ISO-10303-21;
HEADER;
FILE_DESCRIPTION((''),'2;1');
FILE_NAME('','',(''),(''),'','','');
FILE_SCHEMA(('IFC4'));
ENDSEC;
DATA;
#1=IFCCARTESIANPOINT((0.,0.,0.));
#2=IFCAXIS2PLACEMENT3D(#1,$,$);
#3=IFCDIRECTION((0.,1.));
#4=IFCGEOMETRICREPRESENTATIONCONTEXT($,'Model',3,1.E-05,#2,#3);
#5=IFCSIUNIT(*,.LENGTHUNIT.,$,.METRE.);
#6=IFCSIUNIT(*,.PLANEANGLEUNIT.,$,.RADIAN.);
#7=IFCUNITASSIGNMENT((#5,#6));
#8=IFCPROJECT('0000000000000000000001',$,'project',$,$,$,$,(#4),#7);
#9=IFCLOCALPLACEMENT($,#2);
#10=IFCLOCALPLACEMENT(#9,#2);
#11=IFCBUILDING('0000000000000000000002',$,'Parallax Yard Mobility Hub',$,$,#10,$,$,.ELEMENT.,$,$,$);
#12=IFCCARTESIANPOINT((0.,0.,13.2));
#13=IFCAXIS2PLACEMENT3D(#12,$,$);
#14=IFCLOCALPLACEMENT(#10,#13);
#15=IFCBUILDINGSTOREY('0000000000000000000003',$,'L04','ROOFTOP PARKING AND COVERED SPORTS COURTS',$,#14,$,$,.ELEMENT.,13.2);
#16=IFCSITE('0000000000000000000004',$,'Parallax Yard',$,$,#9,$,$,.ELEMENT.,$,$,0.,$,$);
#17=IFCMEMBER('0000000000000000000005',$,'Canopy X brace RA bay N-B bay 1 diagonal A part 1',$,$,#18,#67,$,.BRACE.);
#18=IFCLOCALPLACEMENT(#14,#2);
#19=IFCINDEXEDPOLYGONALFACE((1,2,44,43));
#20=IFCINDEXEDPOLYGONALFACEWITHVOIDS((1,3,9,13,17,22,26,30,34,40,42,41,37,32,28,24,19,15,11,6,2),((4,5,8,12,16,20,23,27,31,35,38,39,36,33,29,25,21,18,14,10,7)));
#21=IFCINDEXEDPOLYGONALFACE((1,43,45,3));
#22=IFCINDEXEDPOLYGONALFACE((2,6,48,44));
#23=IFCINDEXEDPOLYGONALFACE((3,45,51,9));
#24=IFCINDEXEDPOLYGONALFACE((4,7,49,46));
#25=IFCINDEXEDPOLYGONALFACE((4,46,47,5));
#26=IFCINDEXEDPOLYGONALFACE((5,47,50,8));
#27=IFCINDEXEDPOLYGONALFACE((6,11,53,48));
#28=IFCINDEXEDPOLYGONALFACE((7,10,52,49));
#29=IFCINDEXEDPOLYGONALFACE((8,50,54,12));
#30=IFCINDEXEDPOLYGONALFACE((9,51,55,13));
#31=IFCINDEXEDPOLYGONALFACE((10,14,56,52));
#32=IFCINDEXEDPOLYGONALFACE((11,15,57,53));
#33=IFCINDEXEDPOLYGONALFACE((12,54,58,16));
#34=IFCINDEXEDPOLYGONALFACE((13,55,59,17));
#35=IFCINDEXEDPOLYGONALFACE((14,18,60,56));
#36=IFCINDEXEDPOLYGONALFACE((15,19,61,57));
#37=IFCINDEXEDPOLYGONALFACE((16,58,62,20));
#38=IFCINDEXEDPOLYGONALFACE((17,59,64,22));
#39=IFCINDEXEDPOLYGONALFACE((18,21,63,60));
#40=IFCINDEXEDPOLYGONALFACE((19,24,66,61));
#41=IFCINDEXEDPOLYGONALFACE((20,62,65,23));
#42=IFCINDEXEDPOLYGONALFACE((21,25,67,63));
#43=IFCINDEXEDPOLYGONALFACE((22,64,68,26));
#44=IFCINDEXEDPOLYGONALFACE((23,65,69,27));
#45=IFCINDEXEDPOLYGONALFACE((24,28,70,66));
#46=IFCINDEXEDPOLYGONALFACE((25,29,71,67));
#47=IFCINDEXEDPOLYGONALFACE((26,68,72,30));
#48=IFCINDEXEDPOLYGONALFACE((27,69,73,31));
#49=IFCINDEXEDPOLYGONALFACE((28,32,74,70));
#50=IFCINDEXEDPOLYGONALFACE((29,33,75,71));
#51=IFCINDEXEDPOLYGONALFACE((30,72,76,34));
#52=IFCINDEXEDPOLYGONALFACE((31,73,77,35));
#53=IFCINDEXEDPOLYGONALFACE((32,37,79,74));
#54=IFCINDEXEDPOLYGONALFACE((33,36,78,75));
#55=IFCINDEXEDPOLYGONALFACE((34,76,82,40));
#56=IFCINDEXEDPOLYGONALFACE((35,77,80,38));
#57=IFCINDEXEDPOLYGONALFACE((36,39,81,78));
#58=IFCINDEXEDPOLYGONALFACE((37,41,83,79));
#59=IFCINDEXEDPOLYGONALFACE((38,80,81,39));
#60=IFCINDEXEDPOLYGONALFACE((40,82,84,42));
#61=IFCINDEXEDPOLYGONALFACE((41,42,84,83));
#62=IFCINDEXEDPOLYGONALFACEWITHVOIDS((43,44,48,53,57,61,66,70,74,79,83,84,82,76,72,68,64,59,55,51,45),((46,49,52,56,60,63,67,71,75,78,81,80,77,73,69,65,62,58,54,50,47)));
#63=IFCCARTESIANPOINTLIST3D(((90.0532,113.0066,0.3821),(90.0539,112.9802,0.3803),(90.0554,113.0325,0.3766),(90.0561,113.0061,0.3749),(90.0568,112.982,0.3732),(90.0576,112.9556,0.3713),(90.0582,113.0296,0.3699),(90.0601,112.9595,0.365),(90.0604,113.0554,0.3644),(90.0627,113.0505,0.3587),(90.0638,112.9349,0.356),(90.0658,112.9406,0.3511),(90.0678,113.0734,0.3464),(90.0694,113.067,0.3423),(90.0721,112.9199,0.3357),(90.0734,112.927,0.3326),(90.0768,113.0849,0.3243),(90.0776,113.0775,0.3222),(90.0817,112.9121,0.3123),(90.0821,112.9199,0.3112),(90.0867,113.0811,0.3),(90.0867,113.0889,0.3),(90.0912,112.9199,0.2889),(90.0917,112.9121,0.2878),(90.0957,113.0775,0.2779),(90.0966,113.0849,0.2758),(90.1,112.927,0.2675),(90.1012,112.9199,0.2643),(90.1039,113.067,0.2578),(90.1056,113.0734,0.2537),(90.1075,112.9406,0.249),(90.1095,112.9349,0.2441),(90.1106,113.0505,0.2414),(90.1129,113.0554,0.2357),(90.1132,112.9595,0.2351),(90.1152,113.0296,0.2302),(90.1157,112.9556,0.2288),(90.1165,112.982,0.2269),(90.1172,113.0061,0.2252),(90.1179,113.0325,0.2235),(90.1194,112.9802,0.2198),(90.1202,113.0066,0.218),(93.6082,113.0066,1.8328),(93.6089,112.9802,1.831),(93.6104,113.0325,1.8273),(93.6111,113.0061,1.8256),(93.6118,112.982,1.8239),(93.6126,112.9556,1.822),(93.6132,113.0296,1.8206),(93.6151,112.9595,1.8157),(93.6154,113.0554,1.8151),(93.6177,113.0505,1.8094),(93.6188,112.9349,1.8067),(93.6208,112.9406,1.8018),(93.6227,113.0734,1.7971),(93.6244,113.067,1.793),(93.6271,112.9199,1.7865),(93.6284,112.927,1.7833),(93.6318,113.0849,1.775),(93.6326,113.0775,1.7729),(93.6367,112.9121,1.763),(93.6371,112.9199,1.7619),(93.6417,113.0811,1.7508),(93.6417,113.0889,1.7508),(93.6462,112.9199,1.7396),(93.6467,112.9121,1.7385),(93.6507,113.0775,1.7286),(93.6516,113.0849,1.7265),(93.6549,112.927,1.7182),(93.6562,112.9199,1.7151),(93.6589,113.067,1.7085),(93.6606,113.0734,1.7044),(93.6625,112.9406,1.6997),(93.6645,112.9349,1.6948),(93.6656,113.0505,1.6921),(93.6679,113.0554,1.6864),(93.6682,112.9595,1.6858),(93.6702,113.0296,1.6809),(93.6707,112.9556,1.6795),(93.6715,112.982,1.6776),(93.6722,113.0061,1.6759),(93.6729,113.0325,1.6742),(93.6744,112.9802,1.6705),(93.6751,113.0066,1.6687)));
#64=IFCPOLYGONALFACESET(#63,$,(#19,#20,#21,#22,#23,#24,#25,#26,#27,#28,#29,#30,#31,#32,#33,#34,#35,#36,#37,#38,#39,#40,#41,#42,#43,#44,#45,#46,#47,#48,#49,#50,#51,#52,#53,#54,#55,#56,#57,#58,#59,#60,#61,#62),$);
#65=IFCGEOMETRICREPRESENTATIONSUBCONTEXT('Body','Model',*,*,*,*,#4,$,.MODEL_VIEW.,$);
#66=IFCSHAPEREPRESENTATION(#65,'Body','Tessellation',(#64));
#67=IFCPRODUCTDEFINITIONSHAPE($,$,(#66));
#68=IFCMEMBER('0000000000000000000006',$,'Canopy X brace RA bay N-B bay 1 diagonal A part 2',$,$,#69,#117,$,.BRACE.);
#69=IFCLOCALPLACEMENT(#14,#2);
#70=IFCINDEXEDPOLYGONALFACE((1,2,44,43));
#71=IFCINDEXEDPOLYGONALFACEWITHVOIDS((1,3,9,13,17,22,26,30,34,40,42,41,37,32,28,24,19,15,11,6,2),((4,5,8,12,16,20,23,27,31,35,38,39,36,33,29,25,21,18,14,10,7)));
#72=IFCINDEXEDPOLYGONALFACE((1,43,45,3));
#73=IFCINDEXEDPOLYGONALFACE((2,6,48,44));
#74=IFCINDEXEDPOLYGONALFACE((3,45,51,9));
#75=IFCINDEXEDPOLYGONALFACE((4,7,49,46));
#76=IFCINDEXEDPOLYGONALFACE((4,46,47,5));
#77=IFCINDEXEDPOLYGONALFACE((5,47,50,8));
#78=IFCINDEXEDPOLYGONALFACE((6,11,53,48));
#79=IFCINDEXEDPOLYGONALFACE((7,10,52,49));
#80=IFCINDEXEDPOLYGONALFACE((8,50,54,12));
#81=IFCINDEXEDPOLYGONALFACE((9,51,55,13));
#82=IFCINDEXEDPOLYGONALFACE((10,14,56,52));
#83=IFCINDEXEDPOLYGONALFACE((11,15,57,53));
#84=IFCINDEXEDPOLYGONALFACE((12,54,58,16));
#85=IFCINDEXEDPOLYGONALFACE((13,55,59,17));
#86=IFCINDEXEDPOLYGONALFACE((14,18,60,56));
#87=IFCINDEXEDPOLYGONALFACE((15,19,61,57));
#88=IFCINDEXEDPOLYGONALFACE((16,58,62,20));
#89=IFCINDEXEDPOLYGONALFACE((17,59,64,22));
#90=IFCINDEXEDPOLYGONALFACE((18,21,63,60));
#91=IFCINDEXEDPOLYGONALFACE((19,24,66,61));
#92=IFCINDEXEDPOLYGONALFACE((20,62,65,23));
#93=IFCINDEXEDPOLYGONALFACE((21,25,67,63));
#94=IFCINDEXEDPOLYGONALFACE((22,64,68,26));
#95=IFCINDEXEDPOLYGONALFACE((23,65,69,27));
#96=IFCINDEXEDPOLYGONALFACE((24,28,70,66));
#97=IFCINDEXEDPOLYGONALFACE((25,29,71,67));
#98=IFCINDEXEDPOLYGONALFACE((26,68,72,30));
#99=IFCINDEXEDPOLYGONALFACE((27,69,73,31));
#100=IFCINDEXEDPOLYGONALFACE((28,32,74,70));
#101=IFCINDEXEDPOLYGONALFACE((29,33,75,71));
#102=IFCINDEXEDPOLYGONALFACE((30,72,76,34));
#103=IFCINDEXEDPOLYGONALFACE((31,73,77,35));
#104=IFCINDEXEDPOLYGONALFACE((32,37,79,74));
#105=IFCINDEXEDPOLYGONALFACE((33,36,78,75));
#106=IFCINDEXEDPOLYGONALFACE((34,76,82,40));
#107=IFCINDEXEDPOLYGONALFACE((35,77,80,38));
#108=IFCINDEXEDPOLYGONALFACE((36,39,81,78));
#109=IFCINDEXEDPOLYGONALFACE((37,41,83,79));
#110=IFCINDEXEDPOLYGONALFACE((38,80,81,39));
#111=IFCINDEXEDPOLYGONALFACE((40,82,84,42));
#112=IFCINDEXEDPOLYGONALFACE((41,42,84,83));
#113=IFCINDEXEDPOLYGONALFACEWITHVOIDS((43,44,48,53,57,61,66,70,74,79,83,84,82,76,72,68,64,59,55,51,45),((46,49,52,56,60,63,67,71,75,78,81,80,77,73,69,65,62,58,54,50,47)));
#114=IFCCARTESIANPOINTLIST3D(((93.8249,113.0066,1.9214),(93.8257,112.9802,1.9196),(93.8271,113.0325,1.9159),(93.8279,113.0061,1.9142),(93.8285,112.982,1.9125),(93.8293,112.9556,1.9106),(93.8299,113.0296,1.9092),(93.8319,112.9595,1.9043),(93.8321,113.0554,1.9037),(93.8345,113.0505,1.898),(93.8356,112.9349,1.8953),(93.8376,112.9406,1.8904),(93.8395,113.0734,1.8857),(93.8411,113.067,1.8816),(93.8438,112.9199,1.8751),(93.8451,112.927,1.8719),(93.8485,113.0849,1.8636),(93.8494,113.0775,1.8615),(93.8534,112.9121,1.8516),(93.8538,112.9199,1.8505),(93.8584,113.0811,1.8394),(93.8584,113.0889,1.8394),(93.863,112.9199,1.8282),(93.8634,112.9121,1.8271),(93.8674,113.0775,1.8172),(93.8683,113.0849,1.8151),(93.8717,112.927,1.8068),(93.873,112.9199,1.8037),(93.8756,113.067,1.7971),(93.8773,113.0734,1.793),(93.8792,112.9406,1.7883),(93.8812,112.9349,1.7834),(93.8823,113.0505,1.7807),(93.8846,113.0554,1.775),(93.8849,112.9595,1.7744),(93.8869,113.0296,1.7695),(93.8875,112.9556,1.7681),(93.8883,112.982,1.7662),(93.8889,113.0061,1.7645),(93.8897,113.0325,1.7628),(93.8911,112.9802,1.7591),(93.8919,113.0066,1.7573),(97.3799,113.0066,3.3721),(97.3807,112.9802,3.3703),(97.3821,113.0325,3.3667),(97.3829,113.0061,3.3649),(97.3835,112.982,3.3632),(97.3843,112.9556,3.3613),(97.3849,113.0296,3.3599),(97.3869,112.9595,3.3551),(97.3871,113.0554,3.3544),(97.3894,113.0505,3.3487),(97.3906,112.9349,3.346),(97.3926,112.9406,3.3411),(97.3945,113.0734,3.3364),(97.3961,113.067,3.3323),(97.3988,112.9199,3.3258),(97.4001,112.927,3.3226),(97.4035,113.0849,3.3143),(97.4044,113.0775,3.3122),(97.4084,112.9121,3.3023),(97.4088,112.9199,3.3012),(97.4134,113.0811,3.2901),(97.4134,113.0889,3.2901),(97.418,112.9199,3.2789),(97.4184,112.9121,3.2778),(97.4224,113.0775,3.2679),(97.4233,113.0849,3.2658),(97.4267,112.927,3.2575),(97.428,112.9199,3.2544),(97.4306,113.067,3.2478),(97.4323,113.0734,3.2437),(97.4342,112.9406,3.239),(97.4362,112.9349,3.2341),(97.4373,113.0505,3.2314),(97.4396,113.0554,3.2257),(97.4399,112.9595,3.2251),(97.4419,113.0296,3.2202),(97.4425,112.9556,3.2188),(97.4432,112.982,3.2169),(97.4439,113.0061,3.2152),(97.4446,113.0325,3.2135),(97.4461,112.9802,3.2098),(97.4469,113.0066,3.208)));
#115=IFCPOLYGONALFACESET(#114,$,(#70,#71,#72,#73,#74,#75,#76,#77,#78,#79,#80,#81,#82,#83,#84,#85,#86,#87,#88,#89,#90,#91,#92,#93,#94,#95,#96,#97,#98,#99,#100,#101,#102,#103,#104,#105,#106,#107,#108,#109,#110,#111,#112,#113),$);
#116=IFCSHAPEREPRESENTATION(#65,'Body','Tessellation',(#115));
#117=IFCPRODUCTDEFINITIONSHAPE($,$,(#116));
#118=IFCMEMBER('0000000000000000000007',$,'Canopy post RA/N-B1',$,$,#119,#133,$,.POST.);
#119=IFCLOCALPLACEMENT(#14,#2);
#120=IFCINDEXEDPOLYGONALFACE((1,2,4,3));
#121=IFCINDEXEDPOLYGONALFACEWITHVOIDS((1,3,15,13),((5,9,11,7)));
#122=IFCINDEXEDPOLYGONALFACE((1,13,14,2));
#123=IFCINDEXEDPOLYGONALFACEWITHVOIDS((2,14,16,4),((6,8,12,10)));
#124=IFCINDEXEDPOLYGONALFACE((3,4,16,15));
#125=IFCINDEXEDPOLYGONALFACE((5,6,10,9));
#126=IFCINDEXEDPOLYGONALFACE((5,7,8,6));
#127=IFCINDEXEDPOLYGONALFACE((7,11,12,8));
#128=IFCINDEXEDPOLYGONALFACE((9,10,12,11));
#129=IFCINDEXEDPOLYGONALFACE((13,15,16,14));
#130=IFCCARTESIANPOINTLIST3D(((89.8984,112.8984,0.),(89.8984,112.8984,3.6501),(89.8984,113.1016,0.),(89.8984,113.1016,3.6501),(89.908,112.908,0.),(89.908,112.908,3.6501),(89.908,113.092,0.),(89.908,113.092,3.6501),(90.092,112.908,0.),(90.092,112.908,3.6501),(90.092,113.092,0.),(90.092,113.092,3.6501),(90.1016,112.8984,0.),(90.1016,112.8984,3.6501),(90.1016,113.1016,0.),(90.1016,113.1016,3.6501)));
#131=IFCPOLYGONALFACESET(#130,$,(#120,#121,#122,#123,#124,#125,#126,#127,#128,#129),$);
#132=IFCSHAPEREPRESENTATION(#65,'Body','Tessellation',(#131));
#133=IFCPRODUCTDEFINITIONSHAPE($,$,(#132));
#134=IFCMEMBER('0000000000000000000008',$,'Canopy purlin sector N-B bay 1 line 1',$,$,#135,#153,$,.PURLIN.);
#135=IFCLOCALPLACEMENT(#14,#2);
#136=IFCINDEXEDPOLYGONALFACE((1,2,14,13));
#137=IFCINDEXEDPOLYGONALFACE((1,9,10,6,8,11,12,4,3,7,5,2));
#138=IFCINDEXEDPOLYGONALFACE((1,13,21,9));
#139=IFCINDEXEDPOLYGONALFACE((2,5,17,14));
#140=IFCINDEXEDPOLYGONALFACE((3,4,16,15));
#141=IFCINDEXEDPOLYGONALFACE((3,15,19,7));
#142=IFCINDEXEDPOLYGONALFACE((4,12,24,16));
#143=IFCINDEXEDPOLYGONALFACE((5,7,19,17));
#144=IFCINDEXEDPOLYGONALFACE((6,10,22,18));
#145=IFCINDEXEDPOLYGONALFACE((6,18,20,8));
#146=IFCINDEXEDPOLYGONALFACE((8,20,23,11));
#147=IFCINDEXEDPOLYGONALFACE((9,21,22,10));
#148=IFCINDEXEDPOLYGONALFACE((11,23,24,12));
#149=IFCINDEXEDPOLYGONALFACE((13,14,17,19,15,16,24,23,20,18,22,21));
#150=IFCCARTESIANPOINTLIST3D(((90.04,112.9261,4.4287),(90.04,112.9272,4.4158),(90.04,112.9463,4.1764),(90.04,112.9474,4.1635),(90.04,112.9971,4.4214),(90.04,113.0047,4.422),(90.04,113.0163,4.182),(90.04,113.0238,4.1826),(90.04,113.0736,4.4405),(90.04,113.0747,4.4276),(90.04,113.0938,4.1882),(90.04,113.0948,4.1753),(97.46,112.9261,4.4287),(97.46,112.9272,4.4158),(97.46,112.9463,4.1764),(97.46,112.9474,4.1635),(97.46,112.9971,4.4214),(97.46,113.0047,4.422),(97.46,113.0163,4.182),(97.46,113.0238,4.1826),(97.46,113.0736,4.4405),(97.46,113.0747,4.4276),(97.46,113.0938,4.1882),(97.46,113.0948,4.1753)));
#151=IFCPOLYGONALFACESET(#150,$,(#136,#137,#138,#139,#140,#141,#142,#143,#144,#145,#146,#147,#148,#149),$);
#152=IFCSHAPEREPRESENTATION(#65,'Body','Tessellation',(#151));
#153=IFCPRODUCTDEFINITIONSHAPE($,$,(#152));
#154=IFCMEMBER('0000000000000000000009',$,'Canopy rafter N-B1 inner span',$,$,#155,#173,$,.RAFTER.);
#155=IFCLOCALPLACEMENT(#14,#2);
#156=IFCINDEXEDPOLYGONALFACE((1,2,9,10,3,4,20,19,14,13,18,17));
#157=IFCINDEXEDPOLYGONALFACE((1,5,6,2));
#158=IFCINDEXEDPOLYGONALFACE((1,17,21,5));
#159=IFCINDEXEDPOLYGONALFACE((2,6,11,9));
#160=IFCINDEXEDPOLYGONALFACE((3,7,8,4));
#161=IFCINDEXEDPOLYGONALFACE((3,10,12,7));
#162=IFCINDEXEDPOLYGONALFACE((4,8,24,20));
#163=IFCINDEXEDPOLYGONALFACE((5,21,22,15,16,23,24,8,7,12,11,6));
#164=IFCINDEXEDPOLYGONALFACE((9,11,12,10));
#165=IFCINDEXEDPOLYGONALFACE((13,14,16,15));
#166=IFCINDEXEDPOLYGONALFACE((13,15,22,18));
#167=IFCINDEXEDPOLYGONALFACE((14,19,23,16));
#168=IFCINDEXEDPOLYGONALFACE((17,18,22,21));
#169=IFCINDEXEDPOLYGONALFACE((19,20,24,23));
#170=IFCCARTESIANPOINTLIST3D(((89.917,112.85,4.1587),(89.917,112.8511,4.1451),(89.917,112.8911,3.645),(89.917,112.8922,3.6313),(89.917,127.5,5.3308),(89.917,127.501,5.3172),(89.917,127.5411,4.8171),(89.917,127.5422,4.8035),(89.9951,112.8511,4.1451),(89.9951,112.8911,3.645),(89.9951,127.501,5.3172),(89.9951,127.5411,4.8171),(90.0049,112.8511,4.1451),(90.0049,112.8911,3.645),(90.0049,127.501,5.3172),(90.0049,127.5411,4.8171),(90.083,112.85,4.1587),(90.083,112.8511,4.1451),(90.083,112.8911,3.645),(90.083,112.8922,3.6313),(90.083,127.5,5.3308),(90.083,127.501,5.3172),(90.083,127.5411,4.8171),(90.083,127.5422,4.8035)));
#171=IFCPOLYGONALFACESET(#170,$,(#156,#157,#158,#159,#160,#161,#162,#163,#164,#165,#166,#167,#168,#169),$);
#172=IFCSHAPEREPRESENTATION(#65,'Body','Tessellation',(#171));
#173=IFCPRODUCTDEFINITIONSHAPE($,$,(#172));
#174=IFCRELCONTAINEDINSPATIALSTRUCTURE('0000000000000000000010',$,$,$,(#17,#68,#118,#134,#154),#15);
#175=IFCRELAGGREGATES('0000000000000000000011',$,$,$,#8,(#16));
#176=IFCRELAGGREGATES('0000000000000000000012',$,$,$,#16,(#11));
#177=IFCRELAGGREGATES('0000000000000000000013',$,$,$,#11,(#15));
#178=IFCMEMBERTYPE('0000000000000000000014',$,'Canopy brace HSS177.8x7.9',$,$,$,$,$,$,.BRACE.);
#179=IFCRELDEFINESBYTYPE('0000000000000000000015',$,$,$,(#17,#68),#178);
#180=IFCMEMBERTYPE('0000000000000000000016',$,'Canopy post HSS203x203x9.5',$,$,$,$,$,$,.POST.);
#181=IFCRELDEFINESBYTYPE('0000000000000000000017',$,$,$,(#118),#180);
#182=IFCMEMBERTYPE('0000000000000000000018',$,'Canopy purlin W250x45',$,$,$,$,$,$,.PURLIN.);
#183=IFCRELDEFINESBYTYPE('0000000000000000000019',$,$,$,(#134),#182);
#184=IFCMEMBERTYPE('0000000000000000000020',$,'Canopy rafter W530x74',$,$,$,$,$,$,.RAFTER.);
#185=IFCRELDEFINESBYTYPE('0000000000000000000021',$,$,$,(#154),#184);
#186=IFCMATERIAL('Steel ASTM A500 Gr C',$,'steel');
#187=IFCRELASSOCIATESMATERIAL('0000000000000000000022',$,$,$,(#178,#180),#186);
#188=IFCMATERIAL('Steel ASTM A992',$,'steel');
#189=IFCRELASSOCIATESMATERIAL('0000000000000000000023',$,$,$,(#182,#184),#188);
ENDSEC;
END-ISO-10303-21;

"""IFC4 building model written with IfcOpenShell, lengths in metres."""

from ifc_helpers import new_model, si_unit, direction, frame, origin, origin_2d, place, context, subcontext, project, spatial, hollow_rectangle, hollow_circle, i_section, extrude, material, material_profile, profile_set, type_object, element, save


model = new_model("IFC4")

# Units and contexts
model_context = context("Model", 3, precision=1e-05, world=origin(), true_north=direction((0.0, 1.0)))
body_context = subcontext(model_context, "Body", "Model", "MODEL_VIEW")
ifc_project = project(units=[si_unit("LENGTHUNIT", "METRE"), si_unit("PLANEANGLEUNIT", "RADIAN")], contexts=[model_context])

# Site, building, storey
site_placement = place(None, origin())
site = spatial("IfcSite", under=ifc_project, at=site_placement, Name="Parallax Yard", CompositionType="ELEMENT", RefElevation=0.0)
building_placement = place(site_placement, origin())
building = spatial("IfcBuilding", under=site, at=building_placement, Name="Parallax Yard Mobility Hub", CompositionType="ELEMENT")
storey_placement = place(building_placement, frame((0.0, 0.0, 13.2)))
storey = spatial("IfcBuildingStorey", under=building, at=storey_placement, Name="L04", Description="ROOFTOP PARKING AND COVERED SPORTS COURTS", CompositionType="ELEMENT", Elevation=13.2)

# Members
ifc_material_1 = material(Name="Steel ASTM A500 Gr C", Category="steel")
ifc_material_profile_1 = material_profile(ifc_material_1, hollow_circle(Radius=0.0889, WallThickness=0.0078, at=origin_2d()), Name="HSS177.8x7.9")
ifc_profile_set_1 = profile_set([ifc_material_profile_1], Name="Steel ASTM A500 Gr C")
member_type_1 = type_object("IfcMemberType", Name="Canopy brace HSS177.8x7.9", PredefinedType="BRACE", material=ifc_profile_set_1)
for number, where, z_axis, x_axis, name in (
    (1, (90.0867, 113.0, 0.3), (0.925876, 0.0, 0.377828), (0.0, 1.0, 0.0), "Canopy X brace RA bay N-B bay 1 diagonal A part 1"),
    (2, (93.8584, 113.0, 1.8394), (0.925876, 0.0, 0.377828), (0.0, 1.0, 0.0), "Canopy X brace RA bay N-B bay 1 diagonal A part 2"),
):
    element("IfcMember", number, at=place(storey_placement, frame(where, z_axis=z_axis, x_axis=x_axis)), inside=storey, type_object=member_type_1, Name=name, PredefinedType="BRACE", context=body_context, shape_type="SweptSolid", body=[
        extrude(hollow_circle(Radius=0.0889, WallThickness=0.0078, at=origin_2d()), origin(), (0.0, 0.0, 1.0), 3.8396),
    ])
ifc_material_profile_2 = material_profile(ifc_material_1, hollow_rectangle(XDim=0.2031, YDim=0.2031, WallThickness=0.0095, at=origin_2d()), Name="HSS203x203x9.5")
ifc_profile_set_2 = profile_set([ifc_material_profile_2], Name="Steel ASTM A500 Gr C")
member_type_2 = type_object("IfcMemberType", Name="Canopy post HSS203x203x9.5", PredefinedType="POST", material=ifc_profile_set_2)
member_1_placement = place(storey_placement, frame((90.0, 113.0, 0.0), z_axis=(0.0, 0.0, 1.0), x_axis=(1.0, 0.0, 0.0)))
element("IfcMember", 3, at=member_1_placement, inside=storey, type_object=member_type_2, Name="Canopy post RA/N-B1", PredefinedType="POST", context=body_context, shape_type="SweptSolid", body=[
    extrude(hollow_rectangle(XDim=0.2031, YDim=0.2031, WallThickness=0.0095, at=origin_2d()), origin(), (0.0, 0.0, 1.0), 3.6501),
])
ifc_material_2 = material(Name="Steel ASTM A992", Category="steel")
ifc_material_profile_3 = material_profile(ifc_material_2, i_section(OverallWidth=0.1479, OverallDepth=0.2661, WebThickness=0.0076, FlangeThickness=0.0129, at=origin_2d()), Name="W250x45")
ifc_profile_set_3 = profile_set([ifc_material_profile_3], Name="Steel ASTM A992")
member_type_3 = type_object("IfcMemberType", Name="Canopy purlin W250x45", PredefinedType="PURLIN", material=ifc_profile_set_3)
member_2_placement = place(storey_placement, frame((90.04, 113.0105, 4.302), z_axis=(1.0, 0.0, 0.0), x_axis=(0.0, 0.996815, 0.079745)))
element("IfcMember", 4, at=member_2_placement, inside=storey, type_object=member_type_3, Name="Canopy purlin sector N-B bay 1 line 1", PredefinedType="PURLIN", context=body_context, shape_type="SweptSolid", body=[
    extrude(i_section(OverallWidth=0.1479, OverallDepth=0.2661, WebThickness=0.0076, FlangeThickness=0.0129, at=origin_2d()), origin(), (0.0, 0.0, 1.0), 7.4199),
])
ifc_material_profile_4 = material_profile(ifc_material_2, i_section(OverallWidth=0.166, OverallDepth=0.5291, WebThickness=0.0098, FlangeThickness=0.0137, at=origin_2d()), Name="W530x74")
ifc_profile_set_4 = profile_set([ifc_material_profile_4], Name="Steel ASTM A992")
member_type_4 = type_object("IfcMemberType", Name="Canopy rafter W530x74", PredefinedType="RAFTER", material=ifc_profile_set_4)
member_3_placement = place(storey_placement, frame((90.0, 112.8711, 3.895), z_axis=(0.0, 0.996815, 0.079754), x_axis=(-1.0, 0.0, 0.0)))
element("IfcMember", 5, at=member_3_placement, inside=storey, type_object=member_type_4, Name="Canopy rafter N-B1 inner span", PredefinedType="RAFTER", context=body_context, shape_type="SweptSolid", body=[
    extrude(i_section(OverallWidth=0.166, OverallDepth=0.5291, WebThickness=0.0098, FlangeThickness=0.0137, at=origin_2d()), origin(), (0.0, 0.0, 1.0), 14.6968),
])

save(model, "model.ifc")
